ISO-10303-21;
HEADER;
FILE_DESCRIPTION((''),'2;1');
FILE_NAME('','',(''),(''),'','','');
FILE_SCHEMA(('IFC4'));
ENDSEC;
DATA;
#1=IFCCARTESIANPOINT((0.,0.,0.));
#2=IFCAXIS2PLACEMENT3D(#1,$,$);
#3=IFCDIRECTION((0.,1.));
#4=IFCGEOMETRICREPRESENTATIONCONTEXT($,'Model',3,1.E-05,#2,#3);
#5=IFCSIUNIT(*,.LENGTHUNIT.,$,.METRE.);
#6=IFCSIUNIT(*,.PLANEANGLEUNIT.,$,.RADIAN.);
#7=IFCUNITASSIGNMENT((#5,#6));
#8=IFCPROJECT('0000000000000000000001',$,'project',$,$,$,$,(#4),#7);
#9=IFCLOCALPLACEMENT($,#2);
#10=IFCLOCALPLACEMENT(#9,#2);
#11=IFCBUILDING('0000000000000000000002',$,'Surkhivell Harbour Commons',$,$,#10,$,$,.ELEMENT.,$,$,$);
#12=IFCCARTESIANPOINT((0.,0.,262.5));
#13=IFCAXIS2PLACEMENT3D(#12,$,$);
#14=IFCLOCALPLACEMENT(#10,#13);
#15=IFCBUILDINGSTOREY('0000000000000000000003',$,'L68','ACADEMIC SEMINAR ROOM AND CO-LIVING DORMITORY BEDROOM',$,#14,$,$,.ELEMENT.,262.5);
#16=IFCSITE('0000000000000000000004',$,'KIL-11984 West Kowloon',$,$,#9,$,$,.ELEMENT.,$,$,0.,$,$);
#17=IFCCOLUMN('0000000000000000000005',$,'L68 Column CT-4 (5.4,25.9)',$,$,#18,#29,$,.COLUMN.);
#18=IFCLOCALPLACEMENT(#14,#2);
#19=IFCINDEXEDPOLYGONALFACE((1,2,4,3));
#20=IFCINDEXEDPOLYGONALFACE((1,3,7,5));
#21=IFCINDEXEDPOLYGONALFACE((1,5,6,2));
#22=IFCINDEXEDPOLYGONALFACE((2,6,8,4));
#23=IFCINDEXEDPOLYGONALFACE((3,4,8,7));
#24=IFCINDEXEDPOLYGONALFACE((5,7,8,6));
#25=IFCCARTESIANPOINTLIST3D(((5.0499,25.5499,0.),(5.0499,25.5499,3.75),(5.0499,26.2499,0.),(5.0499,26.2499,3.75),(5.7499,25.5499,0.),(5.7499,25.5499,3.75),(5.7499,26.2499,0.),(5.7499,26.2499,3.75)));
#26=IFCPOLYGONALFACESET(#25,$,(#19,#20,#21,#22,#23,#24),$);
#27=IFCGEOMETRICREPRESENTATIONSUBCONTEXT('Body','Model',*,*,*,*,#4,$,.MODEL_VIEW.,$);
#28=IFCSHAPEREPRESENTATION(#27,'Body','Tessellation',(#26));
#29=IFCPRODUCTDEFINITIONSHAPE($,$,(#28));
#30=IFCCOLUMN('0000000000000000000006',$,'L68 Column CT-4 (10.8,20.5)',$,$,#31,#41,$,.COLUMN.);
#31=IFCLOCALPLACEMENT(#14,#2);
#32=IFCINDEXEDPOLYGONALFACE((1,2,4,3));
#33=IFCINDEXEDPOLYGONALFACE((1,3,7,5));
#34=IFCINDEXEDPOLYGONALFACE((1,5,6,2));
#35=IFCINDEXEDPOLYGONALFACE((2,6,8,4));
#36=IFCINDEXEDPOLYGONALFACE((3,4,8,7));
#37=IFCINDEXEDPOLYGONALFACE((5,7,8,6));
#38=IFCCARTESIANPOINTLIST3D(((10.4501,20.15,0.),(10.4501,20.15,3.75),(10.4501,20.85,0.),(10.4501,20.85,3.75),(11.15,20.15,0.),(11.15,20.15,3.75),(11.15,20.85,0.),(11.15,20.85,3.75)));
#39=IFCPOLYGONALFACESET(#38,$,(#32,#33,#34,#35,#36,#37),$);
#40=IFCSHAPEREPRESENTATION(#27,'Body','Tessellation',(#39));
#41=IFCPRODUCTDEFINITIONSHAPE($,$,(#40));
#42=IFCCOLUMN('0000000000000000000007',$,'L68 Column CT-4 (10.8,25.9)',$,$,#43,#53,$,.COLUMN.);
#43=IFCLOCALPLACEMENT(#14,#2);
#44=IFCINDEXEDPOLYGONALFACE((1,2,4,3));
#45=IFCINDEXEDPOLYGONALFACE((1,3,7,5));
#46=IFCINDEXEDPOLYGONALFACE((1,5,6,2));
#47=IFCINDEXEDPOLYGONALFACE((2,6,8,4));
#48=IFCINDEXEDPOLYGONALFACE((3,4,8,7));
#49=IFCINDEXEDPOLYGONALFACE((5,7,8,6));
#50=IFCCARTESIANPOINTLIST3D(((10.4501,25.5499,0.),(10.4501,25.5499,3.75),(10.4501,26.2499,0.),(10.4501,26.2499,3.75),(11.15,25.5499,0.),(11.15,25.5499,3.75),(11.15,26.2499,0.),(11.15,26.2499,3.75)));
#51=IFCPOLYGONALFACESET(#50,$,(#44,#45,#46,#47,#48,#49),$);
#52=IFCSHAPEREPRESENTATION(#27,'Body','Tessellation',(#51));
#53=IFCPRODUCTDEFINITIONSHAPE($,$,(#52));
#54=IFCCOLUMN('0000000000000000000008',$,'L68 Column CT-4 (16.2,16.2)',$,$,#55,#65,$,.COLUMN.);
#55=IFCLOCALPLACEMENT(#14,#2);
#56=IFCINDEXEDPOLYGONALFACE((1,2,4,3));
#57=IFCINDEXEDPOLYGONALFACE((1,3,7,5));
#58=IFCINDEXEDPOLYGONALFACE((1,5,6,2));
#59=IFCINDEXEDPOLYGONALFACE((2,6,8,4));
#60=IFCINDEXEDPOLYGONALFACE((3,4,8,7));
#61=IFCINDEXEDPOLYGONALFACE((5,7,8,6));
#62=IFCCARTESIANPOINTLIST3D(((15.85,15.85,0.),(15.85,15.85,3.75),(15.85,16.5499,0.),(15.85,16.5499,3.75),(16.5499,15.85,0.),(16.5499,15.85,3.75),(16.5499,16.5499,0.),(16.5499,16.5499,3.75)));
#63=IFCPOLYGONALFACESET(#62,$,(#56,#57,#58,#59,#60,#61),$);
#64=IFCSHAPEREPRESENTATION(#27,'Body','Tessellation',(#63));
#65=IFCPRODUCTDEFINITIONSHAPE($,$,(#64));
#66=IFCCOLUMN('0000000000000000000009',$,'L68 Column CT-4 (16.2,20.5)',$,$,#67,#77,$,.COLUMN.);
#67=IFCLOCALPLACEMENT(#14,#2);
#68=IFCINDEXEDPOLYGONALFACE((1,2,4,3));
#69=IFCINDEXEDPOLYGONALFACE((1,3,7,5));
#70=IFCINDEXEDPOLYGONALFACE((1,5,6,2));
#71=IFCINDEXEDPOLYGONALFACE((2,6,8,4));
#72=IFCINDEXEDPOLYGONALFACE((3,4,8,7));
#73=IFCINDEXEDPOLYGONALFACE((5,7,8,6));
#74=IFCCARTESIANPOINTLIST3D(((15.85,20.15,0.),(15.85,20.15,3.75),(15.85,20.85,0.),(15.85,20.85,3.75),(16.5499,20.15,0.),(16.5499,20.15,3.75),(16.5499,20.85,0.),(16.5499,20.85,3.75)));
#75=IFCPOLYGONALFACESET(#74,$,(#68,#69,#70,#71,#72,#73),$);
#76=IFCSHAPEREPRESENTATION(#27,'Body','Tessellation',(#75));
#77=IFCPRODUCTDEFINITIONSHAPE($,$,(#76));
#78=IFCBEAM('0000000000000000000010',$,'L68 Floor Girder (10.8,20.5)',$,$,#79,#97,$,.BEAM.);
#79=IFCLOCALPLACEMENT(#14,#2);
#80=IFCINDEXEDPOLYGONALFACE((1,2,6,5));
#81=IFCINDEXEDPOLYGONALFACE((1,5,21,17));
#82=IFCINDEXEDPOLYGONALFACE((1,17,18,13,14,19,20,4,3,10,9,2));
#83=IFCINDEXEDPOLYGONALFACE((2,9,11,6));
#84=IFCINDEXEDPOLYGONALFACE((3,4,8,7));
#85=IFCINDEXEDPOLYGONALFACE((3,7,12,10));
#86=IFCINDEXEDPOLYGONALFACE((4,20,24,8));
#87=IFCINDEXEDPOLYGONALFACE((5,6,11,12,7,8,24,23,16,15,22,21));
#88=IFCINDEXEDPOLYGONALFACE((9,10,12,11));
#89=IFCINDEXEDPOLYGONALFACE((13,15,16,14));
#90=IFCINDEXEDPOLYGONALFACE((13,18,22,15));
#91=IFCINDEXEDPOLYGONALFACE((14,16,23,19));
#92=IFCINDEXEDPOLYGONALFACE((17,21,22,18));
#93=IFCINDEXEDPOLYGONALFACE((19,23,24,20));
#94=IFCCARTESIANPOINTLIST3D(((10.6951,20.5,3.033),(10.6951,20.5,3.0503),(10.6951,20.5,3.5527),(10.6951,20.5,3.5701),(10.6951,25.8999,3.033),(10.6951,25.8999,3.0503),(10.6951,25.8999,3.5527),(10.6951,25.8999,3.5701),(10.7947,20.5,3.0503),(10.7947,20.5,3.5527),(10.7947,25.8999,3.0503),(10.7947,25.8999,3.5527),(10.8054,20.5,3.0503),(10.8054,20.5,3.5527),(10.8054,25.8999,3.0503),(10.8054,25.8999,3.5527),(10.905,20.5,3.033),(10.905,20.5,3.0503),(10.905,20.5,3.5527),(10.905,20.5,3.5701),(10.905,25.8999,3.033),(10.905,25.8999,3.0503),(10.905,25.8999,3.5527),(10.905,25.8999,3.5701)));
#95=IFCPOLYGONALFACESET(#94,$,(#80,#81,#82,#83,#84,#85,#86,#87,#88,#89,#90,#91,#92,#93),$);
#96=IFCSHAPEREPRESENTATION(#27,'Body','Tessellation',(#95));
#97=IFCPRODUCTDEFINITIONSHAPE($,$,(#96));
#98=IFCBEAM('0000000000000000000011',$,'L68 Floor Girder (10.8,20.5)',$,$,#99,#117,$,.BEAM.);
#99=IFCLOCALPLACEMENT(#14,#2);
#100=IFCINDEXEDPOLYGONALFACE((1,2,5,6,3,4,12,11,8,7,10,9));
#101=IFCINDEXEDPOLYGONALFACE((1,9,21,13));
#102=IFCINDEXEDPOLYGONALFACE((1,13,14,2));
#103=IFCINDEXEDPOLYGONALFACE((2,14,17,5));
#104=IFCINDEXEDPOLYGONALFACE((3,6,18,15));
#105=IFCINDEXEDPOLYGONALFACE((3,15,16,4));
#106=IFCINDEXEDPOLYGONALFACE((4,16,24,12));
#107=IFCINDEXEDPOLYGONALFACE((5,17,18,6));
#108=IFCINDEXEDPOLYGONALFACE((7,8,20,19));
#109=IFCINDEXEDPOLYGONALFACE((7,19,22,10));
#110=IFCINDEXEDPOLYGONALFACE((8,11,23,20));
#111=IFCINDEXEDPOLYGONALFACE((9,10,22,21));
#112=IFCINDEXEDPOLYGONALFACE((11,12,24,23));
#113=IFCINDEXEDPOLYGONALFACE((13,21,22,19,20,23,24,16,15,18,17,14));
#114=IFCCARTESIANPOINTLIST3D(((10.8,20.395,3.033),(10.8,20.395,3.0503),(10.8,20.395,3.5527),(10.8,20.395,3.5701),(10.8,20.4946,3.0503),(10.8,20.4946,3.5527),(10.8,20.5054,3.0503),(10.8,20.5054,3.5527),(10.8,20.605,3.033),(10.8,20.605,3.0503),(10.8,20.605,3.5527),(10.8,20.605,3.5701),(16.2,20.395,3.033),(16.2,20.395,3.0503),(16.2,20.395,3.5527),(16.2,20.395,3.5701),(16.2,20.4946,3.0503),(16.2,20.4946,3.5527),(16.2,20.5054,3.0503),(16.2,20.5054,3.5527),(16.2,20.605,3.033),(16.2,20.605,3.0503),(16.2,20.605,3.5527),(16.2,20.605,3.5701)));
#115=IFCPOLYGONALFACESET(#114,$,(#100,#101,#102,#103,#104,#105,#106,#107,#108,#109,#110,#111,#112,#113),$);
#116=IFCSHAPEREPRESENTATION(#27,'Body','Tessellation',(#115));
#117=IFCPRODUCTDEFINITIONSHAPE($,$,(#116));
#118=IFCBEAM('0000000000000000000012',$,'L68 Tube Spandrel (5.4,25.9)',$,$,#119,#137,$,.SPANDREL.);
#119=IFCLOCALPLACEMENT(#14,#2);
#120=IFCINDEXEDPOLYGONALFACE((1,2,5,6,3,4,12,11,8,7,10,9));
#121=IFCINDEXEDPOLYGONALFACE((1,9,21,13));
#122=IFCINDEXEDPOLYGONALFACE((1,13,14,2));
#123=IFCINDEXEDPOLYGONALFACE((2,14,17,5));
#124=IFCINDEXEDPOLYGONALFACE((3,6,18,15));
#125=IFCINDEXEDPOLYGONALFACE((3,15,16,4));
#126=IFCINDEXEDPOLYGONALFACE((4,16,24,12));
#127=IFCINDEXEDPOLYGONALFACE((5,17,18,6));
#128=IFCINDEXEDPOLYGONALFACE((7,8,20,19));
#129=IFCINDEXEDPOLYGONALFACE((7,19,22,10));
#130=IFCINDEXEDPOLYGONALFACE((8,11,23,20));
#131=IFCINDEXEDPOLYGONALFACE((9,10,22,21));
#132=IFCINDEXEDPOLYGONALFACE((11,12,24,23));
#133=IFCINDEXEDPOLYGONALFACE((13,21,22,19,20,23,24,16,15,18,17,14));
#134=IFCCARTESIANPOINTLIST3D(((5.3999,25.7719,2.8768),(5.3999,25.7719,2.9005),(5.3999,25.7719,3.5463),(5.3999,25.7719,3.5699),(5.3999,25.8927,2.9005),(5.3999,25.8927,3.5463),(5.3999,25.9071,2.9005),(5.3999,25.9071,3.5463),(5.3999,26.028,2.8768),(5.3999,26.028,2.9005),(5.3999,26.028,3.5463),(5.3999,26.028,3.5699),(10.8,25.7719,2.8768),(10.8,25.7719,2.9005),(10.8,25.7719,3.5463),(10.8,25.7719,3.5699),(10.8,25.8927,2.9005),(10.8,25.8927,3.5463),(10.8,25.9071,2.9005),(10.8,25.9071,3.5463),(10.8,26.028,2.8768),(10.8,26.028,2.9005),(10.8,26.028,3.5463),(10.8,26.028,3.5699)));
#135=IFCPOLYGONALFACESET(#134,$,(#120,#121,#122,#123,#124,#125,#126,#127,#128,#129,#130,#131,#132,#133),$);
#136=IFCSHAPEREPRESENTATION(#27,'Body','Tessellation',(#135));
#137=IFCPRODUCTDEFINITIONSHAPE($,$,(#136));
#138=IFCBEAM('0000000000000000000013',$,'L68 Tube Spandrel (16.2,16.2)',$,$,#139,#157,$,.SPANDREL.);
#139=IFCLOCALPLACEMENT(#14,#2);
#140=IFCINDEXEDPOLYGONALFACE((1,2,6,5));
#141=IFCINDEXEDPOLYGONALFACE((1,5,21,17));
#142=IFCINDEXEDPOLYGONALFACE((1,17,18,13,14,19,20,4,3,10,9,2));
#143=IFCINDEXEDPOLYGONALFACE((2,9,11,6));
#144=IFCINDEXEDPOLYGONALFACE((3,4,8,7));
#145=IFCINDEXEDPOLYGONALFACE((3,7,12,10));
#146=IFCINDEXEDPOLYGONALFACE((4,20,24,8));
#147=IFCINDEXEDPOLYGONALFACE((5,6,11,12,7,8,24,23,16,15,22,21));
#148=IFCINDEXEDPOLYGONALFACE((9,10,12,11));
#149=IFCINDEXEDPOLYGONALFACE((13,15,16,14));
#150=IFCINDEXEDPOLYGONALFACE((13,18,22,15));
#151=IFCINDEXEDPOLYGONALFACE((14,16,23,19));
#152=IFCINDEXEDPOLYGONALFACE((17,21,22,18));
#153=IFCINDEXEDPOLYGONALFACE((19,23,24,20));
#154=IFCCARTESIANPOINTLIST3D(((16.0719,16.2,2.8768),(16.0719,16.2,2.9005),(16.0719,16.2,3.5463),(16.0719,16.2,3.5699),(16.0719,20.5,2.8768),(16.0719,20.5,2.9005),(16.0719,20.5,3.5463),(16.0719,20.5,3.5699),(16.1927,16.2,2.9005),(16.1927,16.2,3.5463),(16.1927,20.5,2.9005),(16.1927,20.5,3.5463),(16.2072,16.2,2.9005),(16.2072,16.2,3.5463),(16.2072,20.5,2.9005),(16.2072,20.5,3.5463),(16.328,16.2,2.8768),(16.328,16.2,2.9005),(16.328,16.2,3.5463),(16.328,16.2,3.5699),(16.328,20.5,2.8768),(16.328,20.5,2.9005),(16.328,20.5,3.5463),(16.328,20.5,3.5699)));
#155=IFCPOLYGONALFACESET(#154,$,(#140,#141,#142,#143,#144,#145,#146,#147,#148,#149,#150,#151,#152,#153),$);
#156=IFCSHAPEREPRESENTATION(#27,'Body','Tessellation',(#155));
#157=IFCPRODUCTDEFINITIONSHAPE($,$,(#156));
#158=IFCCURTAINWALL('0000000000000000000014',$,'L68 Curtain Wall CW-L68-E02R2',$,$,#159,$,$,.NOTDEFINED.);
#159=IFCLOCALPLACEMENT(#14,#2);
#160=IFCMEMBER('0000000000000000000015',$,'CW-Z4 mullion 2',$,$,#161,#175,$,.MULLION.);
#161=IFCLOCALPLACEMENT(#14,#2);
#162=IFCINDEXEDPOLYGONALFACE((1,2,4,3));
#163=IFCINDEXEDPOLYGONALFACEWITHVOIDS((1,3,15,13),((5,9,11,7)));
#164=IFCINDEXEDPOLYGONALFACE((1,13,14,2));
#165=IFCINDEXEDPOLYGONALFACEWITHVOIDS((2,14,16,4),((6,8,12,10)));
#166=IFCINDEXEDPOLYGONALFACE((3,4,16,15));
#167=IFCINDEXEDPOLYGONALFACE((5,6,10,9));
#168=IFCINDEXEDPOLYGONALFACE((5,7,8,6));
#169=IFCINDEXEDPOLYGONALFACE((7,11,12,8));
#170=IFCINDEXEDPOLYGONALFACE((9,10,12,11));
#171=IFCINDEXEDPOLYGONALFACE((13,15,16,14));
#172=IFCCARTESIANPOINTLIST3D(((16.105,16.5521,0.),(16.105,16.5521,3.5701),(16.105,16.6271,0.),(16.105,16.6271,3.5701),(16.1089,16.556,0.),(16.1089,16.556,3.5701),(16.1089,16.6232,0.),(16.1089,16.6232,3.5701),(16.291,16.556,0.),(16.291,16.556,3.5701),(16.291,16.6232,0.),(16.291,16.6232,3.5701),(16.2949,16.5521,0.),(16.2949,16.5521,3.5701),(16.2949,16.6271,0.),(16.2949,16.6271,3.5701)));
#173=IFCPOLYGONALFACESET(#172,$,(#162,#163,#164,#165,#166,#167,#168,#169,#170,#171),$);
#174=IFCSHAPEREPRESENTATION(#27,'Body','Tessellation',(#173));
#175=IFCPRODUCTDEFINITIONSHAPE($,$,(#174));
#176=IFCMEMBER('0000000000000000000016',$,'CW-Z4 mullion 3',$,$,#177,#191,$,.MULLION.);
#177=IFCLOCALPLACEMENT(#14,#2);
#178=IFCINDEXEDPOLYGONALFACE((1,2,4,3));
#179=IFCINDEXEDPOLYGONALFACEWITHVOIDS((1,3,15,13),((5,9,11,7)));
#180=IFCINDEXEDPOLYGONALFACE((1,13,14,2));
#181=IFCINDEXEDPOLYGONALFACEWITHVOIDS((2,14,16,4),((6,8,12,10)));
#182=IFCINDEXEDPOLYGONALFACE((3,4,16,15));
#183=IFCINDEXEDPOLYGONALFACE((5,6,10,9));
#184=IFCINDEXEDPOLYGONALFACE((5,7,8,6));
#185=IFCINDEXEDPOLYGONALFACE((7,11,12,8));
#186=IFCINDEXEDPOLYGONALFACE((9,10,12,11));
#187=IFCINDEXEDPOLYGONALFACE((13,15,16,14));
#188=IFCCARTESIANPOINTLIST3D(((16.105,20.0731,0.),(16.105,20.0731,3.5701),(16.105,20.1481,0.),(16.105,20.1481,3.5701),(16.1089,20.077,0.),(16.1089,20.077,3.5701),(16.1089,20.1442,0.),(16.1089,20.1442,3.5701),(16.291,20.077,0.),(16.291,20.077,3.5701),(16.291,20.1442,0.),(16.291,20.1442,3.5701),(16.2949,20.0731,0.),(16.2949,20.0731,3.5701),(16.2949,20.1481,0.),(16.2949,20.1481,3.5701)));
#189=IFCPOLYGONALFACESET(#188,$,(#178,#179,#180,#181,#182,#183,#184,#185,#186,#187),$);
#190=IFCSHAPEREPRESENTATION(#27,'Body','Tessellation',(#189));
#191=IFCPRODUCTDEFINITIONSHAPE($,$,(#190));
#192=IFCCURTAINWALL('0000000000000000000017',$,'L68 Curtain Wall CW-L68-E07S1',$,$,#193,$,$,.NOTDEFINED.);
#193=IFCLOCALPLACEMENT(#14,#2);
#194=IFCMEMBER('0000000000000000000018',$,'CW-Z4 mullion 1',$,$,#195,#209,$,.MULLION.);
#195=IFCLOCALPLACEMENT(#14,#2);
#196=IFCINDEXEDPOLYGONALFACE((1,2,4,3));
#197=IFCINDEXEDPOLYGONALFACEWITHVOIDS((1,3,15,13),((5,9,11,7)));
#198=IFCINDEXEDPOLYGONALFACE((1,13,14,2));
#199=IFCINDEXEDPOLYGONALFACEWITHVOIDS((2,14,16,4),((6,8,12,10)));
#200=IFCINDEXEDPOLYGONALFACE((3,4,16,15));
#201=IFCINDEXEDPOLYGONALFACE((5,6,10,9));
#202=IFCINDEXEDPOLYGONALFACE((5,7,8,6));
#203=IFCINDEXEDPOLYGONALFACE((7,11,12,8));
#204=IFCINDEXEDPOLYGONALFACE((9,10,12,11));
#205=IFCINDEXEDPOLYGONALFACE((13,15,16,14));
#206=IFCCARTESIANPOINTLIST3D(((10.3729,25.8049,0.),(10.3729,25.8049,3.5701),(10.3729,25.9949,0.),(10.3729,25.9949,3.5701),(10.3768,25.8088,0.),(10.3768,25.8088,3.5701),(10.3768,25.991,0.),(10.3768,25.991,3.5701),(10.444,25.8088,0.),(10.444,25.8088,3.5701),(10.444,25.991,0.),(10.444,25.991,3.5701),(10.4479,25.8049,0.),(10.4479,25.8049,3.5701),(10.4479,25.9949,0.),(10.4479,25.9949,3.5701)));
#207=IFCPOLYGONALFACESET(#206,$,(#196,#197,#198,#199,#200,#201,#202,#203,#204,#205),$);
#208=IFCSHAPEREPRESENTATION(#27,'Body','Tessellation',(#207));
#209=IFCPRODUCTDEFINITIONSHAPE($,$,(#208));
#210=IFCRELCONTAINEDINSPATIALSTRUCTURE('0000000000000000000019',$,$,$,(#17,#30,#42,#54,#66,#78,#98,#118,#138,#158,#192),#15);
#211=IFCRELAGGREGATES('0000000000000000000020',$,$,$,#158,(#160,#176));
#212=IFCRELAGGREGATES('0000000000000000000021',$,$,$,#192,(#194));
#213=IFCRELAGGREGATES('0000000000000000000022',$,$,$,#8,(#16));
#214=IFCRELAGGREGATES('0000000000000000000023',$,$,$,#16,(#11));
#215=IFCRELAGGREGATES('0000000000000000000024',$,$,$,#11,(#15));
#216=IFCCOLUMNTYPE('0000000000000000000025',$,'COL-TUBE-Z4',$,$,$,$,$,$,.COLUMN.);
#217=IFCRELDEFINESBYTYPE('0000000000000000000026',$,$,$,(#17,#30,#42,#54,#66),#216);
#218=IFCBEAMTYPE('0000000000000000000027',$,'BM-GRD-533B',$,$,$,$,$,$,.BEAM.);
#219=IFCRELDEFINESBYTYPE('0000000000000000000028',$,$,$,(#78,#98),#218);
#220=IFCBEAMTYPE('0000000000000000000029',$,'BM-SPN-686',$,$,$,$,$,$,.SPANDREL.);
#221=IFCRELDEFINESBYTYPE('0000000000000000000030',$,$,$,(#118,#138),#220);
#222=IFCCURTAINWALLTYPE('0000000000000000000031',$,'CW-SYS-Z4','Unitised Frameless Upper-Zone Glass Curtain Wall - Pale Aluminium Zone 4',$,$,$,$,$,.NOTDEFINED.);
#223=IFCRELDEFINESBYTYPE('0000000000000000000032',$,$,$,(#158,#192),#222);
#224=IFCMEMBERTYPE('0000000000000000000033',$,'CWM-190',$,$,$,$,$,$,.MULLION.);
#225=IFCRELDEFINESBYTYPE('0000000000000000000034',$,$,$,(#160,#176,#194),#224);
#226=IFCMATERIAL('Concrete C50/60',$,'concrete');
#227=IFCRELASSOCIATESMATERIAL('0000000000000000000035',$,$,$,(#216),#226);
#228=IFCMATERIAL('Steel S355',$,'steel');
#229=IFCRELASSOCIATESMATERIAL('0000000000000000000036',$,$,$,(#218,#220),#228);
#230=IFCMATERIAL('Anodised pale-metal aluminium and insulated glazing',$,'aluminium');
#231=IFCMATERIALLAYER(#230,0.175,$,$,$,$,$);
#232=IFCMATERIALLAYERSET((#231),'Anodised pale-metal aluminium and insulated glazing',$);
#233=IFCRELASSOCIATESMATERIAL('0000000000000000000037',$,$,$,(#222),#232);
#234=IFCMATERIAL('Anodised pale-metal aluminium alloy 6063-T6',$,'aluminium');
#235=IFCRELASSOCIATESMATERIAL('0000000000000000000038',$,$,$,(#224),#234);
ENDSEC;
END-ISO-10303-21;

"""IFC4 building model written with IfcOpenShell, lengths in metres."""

from ifc_helpers import new_model, si_unit, direction, frame, origin, origin_2d, place, context, subcontext, project, spatial, rectangle, hollow_rectangle, i_section, extrude, material, layer, layer_set, material_profile, profile_set, type_object, element, aggregate, save


model = new_model("IFC4")

# Units and contexts
model_context = context("Model", 3, precision=1e-05, world=origin(), true_north=direction((0.0, 1.0)))
body_context = subcontext(model_context, "Body", "Model", "MODEL_VIEW")
ifc_project = project(units=[si_unit("LENGTHUNIT", "METRE"), si_unit("PLANEANGLEUNIT", "RADIAN")], contexts=[model_context])

# Site, building, storey
site_placement = place(None, origin())
site = spatial("IfcSite", under=ifc_project, at=site_placement, Name="KIL-11984 West Kowloon", CompositionType="ELEMENT", RefElevation=0.0)
building_placement = place(site_placement, origin())
building = spatial("IfcBuilding", under=site, at=building_placement, Name="Surkhivell Harbour Commons", CompositionType="ELEMENT")
storey_placement = place(building_placement, frame((0.0, 0.0, 262.5)))
storey = spatial("IfcBuildingStorey", under=building, at=storey_placement, Name="L68", Description="ACADEMIC SEMINAR ROOM AND CO-LIVING DORMITORY BEDROOM", CompositionType="ELEMENT", Elevation=262.5)

# Columns
ifc_material_1 = material(Name="Concrete C50/60", Category="concrete")
ifc_material_profile_1 = material_profile(ifc_material_1, rectangle(XDim=0.7, YDim=0.7, at=origin_2d()), Name="RC-COL-700x700")
ifc_profile_set_1 = profile_set([ifc_material_profile_1], Name="Concrete C50/60")
column_type = type_object("IfcColumnType", Name="COL-TUBE-Z4", PredefinedType="COLUMN", material=ifc_profile_set_1)
for number, where, z_axis, x_axis, name in (
    (1, (5.3999, 25.8999, 0.0), (0.0, 0.0, 1.0), (1.0, 0.0, 0.0), "L68 Column CT-4 (5.4,25.9)"),
    (2, (10.8, 20.5, 0.0), (0.0, 0.0, 1.0), (1.0, 0.0, 0.0), "L68 Column CT-4 (10.8,20.5)"),
    (3, (10.8, 25.8999, 0.0), (0.0, 0.0, 1.0), (1.0, 0.0, 0.0), "L68 Column CT-4 (10.8,25.9)"),
    (4, (16.2, 16.2, 0.0), (0.0, 0.0, 1.0), (1.0, 0.0, 0.0), "L68 Column CT-4 (16.2,16.2)"),
    (5, (16.2, 20.5, 0.0), (0.0, 0.0, 1.0), (1.0, 0.0, 0.0), "L68 Column CT-4 (16.2,20.5)"),
):
    element("IfcColumn", number, at=place(storey_placement, frame(where, z_axis=z_axis, x_axis=x_axis)), inside=storey, type_object=column_type, Name=name, PredefinedType="COLUMN", context=body_context, shape_type="SweptSolid", body=[
        extrude(rectangle(XDim=0.7, YDim=0.7, at=origin_2d()), origin(), (0.0, 0.0, 1.0), 3.75),
    ])

# Beams
ifc_material_2 = material(Name="Steel S355", Category="steel")
ifc_material_profile_2 = material_profile(ifc_material_2, i_section(OverallWidth=0.21, OverallDepth=0.5371, WebThickness=0.0107, FlangeThickness=0.0173, at=origin_2d()), Name="UB533x210x101")
ifc_profile_set_2 = profile_set([ifc_material_profile_2], Name="Steel S355")
beam_type_1 = type_object("IfcBeamType", Name="BM-GRD-533B", PredefinedType="BEAM", material=ifc_profile_set_2)
for number, where, z_axis, x_axis, name in (
    (6, (10.8, 20.5, 3.3015), (0.0, 1.0, 0.0), (-1.0, 0.0, 0.0), "L68 Floor Girder (10.8,20.5)"),
    (7, (10.8, 20.5, 3.3015), (1.0, 0.0, 0.0), (0.0, 1.0, 0.0), "L68 Floor Girder (10.8,20.5)"),
):
    element("IfcBeam", number, at=place(storey_placement, frame(where, z_axis=z_axis, x_axis=x_axis)), inside=storey, type_object=beam_type_1, Name=name, PredefinedType="BEAM", context=body_context, shape_type="SweptSolid", body=[
        extrude(i_section(OverallWidth=0.21, OverallDepth=0.5371, WebThickness=0.0107, FlangeThickness=0.0173, at=origin_2d()), origin(), (0.0, 0.0, 1.0), 5.3999),
    ])
ifc_material_profile_3 = material_profile(ifc_material_2, i_section(OverallWidth=0.2561, OverallDepth=0.6931, WebThickness=0.0144, FlangeThickness=0.0237, at=origin_2d()), Name="UB686x254x170")
ifc_profile_set_3 = profile_set([ifc_material_profile_3], Name="Steel S355")
beam_type_2 = type_object("IfcBeamType", Name="BM-SPN-686", PredefinedType="SPANDREL", material=ifc_profile_set_3)
beam_1_placement = place(storey_placement, frame((5.3999, 25.8999, 3.2234), z_axis=(1.0, 0.0, 0.0), x_axis=(0.0, 1.0, 0.0)))
element("IfcBeam", 8, at=beam_1_placement, inside=storey, type_object=beam_type_2, Name="L68 Tube Spandrel (5.4,25.9)", PredefinedType="SPANDREL", context=body_context, shape_type="SweptSolid", body=[
    extrude(i_section(OverallWidth=0.2561, OverallDepth=0.6931, WebThickness=0.0144, FlangeThickness=0.0237, at=origin_2d()), origin(), (0.0, 0.0, 1.0), 5.4001),
])
beam_2_placement = place(storey_placement, frame((16.2, 16.2, 3.2234), z_axis=(0.0, 1.0, 0.0), x_axis=(-1.0, 0.0, 0.0)))
element("IfcBeam", 9, at=beam_2_placement, inside=storey, type_object=beam_type_2, Name="L68 Tube Spandrel (16.2,16.2)", PredefinedType="SPANDREL", context=body_context, shape_type="SweptSolid", body=[
    extrude(i_section(OverallWidth=0.2561, OverallDepth=0.6931, WebThickness=0.0144, FlangeThickness=0.0237, at=origin_2d()), origin(), (0.0, 0.0, 1.0), 4.3),
])

# Curtain walls, members
ifc_material_3 = material(Name="Anodised pale-metal aluminium and insulated glazing", Category="aluminium")
ifc_layer_1 = layer(ifc_material_3, 0.175)
ifc_layer_set_1 = layer_set([ifc_layer_1], Name="Anodised pale-metal aluminium and insulated glazing")
curtain_wall_type = type_object("IfcCurtainWallType", Name="CW-SYS-Z4", Description="Unitised Frameless Upper-Zone Glass Curtain Wall - Pale Aluminium Zone 4", PredefinedType="NOTDEFINED", material=ifc_layer_set_1)
curtain_wall_1_placement = place(storey_placement, origin())
curtain_wall_1 = element("IfcCurtainWall", 10, at=curtain_wall_1_placement, inside=storey, type_object=curtain_wall_type, Name="L68 Curtain Wall CW-L68-E02R2", PredefinedType="NOTDEFINED")
ifc_material_4 = material(Name="Anodised pale-metal aluminium alloy 6063-T6", Category="aluminium")
ifc_material_profile_4 = material_profile(ifc_material_4, hollow_rectangle(XDim=0.075, YDim=0.1899, WallThickness=0.0039, at=origin_2d()), Name="ALU-MULL-75x190")
ifc_profile_set_4 = profile_set([ifc_material_profile_4], Name="Anodised pale-metal aluminium alloy 6063-T6")
member_type_1 = type_object("IfcMemberType", Name="CWM-190", PredefinedType="MULLION", material=ifc_profile_set_4)
member_1_placement = place(storey_placement, frame((16.2, 16.5896, 0.0), z_axis=(0.0, 0.0, 1.0), x_axis=(0.0, 1.0, 0.0)))
member_1 = element("IfcMember", 11, at=member_1_placement, type_object=member_type_1, Name="CW-Z4 mullion 2", PredefinedType="MULLION", context=body_context, shape_type="SweptSolid", body=[
    extrude(hollow_rectangle(XDim=0.075, YDim=0.1899, WallThickness=0.0039, at=origin_2d()), origin(), (0.0, 0.0, 1.0), 3.5701),
])
member_2_placement = place(storey_placement, frame((16.2, 20.1106, 0.0), z_axis=(0.0, 0.0, 1.0), x_axis=(0.0, 1.0, 0.0)))
member_2 = element("IfcMember", 12, at=member_2_placement, type_object=member_type_1, Name="CW-Z4 mullion 3", PredefinedType="MULLION", context=body_context, shape_type="SweptSolid", body=[
    extrude(hollow_rectangle(XDim=0.075, YDim=0.1899, WallThickness=0.0039, at=origin_2d()), origin(), (0.0, 0.0, 1.0), 3.5701),
])
curtain_wall_2_placement = place(storey_placement, origin())
curtain_wall_2 = element("IfcCurtainWall", 13, at=curtain_wall_2_placement, inside=storey, type_object=curtain_wall_type, Name="L68 Curtain Wall CW-L68-E07S1", PredefinedType="NOTDEFINED")
member_3_placement = place(storey_placement, frame((10.4104, 25.8999, 0.0), z_axis=(0.0, 0.0, 1.0), x_axis=(-1.0, 0.0, 0.0)))
member_3 = element("IfcMember", 14, at=member_3_placement, type_object=member_type_1, Name="CW-Z4 mullion 1", PredefinedType="MULLION", context=body_context, shape_type="SweptSolid", body=[
    extrude(hollow_rectangle(XDim=0.075, YDim=0.1899, WallThickness=0.0039, at=origin_2d()), origin(), (0.0, 0.0, 1.0), 3.5701),
])

aggregate(curtain_wall_1, [member_1, member_2])
aggregate(curtain_wall_2, [member_3])

save(model, "model.ifc")
